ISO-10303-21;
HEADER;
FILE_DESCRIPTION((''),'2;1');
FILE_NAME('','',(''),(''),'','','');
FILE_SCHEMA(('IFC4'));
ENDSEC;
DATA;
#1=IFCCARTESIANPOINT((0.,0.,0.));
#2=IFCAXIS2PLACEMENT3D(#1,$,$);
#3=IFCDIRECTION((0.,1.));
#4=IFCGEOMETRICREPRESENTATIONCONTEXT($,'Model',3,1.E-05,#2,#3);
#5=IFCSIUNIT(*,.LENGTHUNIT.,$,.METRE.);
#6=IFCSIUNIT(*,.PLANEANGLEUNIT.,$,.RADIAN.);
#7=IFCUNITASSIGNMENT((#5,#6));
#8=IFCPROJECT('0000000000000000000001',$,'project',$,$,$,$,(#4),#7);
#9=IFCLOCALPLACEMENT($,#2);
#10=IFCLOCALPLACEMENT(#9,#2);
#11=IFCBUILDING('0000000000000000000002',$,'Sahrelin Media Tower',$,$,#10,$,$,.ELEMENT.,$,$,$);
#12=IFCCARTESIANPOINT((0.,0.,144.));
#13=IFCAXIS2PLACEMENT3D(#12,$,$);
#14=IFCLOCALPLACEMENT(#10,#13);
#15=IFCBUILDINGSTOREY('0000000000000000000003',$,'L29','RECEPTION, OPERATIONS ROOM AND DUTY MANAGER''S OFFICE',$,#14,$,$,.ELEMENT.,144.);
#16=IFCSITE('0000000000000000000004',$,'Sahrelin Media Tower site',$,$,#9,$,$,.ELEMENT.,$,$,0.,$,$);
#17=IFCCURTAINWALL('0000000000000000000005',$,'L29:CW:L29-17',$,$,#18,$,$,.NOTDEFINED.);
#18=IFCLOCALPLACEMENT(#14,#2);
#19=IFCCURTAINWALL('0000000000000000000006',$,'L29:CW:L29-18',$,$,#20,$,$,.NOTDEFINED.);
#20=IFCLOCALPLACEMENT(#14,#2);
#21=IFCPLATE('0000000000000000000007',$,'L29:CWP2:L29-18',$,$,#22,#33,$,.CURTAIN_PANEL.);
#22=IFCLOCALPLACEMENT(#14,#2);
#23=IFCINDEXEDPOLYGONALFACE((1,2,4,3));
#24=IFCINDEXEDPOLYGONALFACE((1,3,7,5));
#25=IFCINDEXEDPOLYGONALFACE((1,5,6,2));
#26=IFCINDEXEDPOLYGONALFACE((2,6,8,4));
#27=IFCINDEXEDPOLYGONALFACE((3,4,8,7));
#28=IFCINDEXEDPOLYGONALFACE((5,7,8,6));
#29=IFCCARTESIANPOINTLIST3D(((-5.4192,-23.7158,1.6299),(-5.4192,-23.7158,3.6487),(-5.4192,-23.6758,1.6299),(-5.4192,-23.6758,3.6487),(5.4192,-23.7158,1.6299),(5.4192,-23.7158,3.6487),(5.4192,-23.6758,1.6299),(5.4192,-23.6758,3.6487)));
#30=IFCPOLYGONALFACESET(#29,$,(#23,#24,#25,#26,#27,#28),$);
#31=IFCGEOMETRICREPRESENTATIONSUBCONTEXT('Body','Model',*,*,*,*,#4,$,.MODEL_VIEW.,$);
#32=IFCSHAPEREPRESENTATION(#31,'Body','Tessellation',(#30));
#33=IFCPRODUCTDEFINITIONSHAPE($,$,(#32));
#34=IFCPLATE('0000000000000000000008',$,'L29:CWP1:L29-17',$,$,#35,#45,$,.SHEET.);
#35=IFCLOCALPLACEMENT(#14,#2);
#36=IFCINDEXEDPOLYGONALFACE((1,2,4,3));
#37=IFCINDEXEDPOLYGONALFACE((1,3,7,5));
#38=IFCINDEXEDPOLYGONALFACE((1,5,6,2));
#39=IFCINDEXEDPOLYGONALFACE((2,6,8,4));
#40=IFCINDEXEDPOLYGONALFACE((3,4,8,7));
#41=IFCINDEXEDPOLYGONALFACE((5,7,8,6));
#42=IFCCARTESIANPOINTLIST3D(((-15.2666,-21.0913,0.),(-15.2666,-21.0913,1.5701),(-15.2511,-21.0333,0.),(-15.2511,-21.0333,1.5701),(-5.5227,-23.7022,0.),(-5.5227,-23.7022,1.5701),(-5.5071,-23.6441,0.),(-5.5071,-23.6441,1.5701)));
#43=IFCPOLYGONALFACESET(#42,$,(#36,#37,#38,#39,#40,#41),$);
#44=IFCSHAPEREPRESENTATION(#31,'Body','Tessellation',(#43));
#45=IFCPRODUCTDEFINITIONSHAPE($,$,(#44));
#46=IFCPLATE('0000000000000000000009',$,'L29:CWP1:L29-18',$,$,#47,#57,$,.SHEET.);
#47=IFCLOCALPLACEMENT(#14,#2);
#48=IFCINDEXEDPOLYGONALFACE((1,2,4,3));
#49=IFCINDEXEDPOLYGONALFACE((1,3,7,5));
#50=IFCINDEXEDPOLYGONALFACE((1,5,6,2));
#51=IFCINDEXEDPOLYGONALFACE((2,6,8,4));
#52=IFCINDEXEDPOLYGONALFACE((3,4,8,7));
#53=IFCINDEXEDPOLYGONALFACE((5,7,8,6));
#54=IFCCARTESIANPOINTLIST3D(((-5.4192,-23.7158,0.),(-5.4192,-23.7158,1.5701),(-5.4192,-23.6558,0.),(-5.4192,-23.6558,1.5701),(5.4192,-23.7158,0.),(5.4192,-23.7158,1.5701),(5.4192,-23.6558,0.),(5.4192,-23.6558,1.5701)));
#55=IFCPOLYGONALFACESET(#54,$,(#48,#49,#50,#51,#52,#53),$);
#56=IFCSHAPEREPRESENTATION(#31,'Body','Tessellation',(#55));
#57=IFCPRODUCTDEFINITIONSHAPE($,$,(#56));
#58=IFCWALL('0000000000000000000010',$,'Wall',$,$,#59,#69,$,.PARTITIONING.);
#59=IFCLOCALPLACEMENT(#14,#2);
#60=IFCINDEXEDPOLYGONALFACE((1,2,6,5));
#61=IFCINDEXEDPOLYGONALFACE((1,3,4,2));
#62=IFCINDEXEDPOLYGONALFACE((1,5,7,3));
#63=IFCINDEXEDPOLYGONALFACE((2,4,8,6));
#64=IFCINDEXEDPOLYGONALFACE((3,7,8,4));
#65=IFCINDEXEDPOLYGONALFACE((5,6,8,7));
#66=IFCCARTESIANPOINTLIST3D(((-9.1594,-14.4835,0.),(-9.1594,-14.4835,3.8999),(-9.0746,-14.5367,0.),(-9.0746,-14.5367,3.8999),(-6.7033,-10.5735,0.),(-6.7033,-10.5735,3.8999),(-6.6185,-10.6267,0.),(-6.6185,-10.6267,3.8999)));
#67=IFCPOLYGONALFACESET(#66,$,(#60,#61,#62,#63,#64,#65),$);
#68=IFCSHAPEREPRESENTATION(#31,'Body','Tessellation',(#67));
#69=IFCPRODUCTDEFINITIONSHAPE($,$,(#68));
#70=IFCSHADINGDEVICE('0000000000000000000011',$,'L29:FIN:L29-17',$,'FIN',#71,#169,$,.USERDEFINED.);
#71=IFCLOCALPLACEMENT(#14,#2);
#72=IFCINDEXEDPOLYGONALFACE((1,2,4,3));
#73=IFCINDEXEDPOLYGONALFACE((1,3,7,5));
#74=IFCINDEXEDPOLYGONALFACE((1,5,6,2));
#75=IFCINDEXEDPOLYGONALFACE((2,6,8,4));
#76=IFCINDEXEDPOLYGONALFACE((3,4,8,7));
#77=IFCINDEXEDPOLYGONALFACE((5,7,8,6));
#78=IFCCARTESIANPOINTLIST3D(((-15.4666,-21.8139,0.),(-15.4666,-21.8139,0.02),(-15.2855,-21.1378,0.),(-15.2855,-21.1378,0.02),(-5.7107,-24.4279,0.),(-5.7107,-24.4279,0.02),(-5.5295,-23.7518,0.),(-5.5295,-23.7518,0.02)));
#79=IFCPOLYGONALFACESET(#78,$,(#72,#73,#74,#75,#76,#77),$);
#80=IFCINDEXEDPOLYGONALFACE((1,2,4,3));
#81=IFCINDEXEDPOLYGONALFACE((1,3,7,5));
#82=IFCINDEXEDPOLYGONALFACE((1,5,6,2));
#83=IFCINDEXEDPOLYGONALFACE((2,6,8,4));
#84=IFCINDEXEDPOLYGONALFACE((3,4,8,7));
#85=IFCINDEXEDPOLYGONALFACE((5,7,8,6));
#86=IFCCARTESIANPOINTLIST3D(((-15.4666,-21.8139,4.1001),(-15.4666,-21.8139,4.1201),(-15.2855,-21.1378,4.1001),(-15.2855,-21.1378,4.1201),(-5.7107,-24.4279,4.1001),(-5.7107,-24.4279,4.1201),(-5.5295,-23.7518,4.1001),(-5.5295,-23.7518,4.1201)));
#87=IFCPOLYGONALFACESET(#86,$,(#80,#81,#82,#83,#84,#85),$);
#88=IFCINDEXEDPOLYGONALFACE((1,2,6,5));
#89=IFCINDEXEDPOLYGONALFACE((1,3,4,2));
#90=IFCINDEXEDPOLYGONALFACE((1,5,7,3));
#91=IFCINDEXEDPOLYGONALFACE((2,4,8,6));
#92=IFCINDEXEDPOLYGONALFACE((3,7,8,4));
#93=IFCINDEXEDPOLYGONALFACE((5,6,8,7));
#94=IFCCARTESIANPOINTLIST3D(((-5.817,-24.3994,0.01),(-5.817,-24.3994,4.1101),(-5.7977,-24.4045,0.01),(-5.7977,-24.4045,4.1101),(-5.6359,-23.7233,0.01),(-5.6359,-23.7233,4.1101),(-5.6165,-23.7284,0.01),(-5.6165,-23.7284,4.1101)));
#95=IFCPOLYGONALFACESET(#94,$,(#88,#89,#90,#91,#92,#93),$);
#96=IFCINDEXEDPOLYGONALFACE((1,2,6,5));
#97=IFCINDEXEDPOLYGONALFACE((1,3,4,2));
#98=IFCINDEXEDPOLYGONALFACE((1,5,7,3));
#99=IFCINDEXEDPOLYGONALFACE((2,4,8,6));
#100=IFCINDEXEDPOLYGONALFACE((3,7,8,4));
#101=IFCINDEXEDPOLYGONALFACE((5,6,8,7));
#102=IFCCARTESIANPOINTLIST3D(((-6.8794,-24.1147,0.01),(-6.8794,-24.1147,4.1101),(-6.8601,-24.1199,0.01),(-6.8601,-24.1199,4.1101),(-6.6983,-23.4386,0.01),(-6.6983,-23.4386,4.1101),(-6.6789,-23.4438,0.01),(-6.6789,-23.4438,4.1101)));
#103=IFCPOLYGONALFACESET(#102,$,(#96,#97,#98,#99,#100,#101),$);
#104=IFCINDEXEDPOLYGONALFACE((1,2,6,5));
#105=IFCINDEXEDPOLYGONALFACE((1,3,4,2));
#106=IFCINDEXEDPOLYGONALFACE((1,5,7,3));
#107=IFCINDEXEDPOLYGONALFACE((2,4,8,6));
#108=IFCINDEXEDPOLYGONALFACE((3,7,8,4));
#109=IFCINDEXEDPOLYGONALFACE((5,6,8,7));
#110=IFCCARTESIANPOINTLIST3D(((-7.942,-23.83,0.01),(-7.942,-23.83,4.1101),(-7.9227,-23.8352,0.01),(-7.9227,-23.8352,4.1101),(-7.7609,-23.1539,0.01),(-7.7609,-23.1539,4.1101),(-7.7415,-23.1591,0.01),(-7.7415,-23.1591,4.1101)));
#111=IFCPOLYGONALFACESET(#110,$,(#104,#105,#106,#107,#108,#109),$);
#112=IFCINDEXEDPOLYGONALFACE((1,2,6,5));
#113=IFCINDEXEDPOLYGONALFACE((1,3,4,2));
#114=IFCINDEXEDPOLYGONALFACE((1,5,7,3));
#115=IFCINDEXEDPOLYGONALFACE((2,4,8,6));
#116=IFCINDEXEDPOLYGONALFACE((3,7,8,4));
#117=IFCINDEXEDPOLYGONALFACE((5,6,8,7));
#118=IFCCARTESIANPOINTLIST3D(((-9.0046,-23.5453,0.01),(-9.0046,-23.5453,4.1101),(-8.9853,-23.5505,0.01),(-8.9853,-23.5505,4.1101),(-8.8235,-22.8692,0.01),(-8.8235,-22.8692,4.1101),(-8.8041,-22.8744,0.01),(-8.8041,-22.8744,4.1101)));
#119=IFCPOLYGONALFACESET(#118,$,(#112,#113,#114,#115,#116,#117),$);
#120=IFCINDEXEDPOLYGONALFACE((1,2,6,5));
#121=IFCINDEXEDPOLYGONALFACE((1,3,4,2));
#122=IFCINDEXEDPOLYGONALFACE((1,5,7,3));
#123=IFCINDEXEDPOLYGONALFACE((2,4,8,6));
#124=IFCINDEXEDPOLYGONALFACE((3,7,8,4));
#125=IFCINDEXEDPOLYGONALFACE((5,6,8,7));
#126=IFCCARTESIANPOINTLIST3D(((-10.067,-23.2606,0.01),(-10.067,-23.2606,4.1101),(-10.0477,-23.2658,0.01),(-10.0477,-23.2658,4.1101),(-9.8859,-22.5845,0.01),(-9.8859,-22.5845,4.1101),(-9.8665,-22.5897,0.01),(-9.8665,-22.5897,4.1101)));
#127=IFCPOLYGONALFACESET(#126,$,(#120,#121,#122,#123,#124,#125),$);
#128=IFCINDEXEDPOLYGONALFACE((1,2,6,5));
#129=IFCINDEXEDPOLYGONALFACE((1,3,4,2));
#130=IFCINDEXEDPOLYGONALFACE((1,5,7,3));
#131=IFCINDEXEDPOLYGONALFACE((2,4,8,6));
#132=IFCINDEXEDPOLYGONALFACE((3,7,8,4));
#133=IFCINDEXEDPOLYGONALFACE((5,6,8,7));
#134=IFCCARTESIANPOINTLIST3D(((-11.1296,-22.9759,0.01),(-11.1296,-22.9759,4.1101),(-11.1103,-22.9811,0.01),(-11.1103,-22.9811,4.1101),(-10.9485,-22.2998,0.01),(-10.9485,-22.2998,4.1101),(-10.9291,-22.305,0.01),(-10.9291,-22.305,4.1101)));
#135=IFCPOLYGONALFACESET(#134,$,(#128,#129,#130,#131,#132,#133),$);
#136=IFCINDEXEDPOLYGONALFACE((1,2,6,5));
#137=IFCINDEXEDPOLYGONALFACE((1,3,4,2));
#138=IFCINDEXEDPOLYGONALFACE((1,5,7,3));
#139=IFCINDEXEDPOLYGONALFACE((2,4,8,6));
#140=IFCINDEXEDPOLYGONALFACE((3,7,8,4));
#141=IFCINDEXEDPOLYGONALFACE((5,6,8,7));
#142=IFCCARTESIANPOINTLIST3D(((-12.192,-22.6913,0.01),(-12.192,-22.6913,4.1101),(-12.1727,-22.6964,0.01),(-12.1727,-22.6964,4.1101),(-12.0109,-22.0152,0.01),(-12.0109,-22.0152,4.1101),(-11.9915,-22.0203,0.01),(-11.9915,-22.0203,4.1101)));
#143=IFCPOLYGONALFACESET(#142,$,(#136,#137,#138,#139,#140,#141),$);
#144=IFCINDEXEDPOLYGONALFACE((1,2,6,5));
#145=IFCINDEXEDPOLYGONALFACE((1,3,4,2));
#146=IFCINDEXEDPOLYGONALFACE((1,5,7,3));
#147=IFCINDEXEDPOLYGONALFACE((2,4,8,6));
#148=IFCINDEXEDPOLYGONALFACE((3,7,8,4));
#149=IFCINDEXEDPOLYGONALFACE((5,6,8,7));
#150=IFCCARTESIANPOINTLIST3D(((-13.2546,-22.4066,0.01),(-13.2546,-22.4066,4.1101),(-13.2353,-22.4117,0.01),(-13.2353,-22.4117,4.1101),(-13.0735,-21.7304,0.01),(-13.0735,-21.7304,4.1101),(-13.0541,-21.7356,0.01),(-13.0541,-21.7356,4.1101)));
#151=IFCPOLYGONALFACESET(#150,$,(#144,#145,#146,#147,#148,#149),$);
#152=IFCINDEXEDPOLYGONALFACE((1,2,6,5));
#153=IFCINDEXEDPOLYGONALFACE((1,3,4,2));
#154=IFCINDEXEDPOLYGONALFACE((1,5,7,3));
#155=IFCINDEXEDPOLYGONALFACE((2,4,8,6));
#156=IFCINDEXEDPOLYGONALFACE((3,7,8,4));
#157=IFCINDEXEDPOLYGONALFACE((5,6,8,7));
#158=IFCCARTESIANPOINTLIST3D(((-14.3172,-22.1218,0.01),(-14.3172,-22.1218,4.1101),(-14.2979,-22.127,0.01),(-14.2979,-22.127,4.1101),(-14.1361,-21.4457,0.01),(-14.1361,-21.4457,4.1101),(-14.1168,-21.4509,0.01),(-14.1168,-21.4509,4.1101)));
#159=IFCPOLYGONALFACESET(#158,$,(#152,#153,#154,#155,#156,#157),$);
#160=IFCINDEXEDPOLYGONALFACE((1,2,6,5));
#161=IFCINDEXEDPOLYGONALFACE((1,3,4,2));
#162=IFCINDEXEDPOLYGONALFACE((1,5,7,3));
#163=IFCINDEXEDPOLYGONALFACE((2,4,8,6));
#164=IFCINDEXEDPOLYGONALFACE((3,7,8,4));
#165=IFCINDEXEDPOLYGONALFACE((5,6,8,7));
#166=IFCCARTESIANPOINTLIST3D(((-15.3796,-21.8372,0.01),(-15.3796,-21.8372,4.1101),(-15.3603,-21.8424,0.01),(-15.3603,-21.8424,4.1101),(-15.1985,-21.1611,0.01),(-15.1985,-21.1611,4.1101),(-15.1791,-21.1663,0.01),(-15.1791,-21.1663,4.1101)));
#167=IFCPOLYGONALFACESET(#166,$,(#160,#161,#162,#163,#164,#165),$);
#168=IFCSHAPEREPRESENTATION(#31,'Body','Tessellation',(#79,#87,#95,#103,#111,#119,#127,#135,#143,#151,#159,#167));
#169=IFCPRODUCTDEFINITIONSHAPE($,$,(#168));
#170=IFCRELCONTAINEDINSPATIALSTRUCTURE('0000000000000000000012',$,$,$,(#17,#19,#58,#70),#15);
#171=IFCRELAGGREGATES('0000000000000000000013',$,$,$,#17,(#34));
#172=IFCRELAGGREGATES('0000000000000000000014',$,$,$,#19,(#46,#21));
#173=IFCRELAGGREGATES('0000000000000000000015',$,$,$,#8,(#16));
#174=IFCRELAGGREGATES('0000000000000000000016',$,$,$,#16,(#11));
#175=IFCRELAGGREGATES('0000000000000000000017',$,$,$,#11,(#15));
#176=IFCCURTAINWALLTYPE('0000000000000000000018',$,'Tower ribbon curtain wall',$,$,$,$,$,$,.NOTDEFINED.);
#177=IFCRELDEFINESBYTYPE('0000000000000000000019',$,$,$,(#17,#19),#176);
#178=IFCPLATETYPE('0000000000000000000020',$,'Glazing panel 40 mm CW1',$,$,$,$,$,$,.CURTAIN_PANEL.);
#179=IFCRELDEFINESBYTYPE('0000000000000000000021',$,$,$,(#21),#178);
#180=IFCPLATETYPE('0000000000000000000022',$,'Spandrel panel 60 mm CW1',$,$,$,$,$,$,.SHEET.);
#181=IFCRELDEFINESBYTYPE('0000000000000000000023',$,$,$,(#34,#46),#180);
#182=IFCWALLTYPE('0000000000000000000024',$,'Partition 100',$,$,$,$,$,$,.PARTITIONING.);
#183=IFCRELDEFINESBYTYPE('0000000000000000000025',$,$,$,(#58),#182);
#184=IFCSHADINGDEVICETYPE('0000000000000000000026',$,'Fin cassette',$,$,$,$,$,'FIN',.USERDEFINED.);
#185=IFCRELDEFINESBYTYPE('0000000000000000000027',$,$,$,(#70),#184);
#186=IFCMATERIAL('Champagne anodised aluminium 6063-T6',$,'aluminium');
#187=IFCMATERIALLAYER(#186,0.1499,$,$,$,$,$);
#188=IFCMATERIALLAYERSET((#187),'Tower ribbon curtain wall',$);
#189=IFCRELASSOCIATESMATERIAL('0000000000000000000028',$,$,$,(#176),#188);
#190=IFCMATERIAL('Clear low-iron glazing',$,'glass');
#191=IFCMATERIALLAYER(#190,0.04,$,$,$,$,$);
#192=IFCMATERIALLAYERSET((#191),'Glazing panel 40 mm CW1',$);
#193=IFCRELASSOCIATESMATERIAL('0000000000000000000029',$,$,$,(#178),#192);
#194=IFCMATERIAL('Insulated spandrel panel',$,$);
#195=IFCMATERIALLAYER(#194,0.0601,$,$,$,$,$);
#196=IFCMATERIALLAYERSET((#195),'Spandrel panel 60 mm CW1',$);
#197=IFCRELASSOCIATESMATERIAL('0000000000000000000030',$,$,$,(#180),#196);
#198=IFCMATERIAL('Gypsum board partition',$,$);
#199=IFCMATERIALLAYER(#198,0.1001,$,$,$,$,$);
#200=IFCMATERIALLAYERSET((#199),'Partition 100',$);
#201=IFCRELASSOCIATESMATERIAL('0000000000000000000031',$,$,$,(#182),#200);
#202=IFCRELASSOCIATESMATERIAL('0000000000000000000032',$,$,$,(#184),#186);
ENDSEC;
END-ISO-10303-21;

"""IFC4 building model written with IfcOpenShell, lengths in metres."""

from ifc_helpers import new_model, si_unit, direction, frame, frame_2d, origin, origin_2d, place, context, subcontext, project, spatial, polyline, rectangle, outline, extrude, material, layer, layer_set, type_object, element, aggregate, save


model = new_model("IFC4")

# Units and contexts
model_context = context("Model", 3, precision=1e-05, world=origin(), true_north=direction((0.0, 1.0)))
body_context = subcontext(model_context, "Body", "Model", "MODEL_VIEW")
ifc_project = project(units=[si_unit("LENGTHUNIT", "METRE"), si_unit("PLANEANGLEUNIT", "RADIAN")], contexts=[model_context])

# Site, building, storey
site_placement = place(None, origin())
site = spatial("IfcSite", under=ifc_project, at=site_placement, Name="Sahrelin Media Tower site", CompositionType="ELEMENT", RefElevation=0.0)
building_placement = place(site_placement, origin())
building = spatial("IfcBuilding", under=site, at=building_placement, Name="Sahrelin Media Tower", CompositionType="ELEMENT")
storey_placement = place(building_placement, frame((0.0, 0.0, 144.0)))
storey = spatial("IfcBuildingStorey", under=building, at=storey_placement, Name="L29", Description="RECEPTION, OPERATIONS ROOM AND DUTY MANAGER'S OFFICE", CompositionType="ELEMENT", Elevation=144.0)

# Curtain walls
ifc_material_1 = material(Name="Champagne anodised aluminium 6063-T6", Category="aluminium")
ifc_layer_1 = layer(ifc_material_1, 0.1499)
ifc_layer_set_1 = layer_set([ifc_layer_1], Name="Tower ribbon curtain wall")
curtain_wall_type = type_object("IfcCurtainWallType", Name="Tower ribbon curtain wall", PredefinedType="NOTDEFINED", material=ifc_layer_set_1)
curtain_wall_1_placement = place(storey_placement, frame((-10.3894, -22.3772, 0.0), z_axis=(0.0, 0.0, 1.0), x_axis=(1.0, 0.0, 0.0)))
curtain_wall_1 = element("IfcCurtainWall", 1, at=curtain_wall_1_placement, inside=storey, type_object=curtain_wall_type, Name="L29:CW:L29-17", PredefinedType="NOTDEFINED")
curtain_wall_2_placement = place(storey_placement, frame((0.0, -23.6958, 0.0), z_axis=(0.0, 0.0, 1.0), x_axis=(1.0, 0.0, 0.0)))
curtain_wall_2 = element("IfcCurtainWall", 2, at=curtain_wall_2_placement, inside=storey, type_object=curtain_wall_type, Name="L29:CW:L29-18", PredefinedType="NOTDEFINED")

# Plates
ifc_material_2 = material(Name="Clear low-iron glazing", Category="glass")
ifc_layer_2 = layer(ifc_material_2, 0.04)
ifc_layer_set_2 = layer_set([ifc_layer_2], Name="Glazing panel 40 mm CW1")
plate_type_1 = type_object("IfcPlateType", Name="Glazing panel 40 mm CW1", PredefinedType="CURTAIN_PANEL", material=ifc_layer_set_2)
plate_1_placement = place(storey_placement, frame((-5.4192, -23.7158, 1.6299), z_axis=(0.0, -1.0, 0.0), x_axis=(1.0, 0.0, 0.0)))
plate_1 = element("IfcPlate", 3, at=plate_1_placement, type_object=plate_type_1, Name="L29:CWP2:L29-18", PredefinedType="CURTAIN_PANEL", context=body_context, shape_type="SweptSolid", body=[
    extrude(outline(polyline([(0.0, 0.0), (10.8384, 0.0), (10.8384, 2.0188), (0.0, 2.0188), (0.0, 0.0)])), origin(), (0.0, 0.0, -1.0), 0.04),
])
ifc_material_3 = material(Name="Insulated spandrel panel")
ifc_layer_3 = layer(ifc_material_3, 0.0601)
ifc_layer_set_3 = layer_set([ifc_layer_3], Name="Spandrel panel 60 mm CW1")
plate_type_2 = type_object("IfcPlateType", Name="Spandrel panel 60 mm CW1", PredefinedType="SHEET", material=ifc_layer_set_3)
plate_2_placement = place(storey_placement, frame((-15.2666, -21.0913, 0.0), z_axis=(-0.258816, -0.965927, 0.0), x_axis=(0.965927, -0.258816, 0.0)))
plate_2 = element("IfcPlate", 4, at=plate_2_placement, type_object=plate_type_2, Name="L29:CWP1:L29-17", PredefinedType="SHEET", context=body_context, shape_type="SweptSolid", body=[
    extrude(outline(polyline([(0.0, 0.0), (10.0876, 0.0), (10.0876, 1.5701), (0.0, 1.5701), (0.0, 0.0)])), origin(), (0.0, 0.0, -1.0), 0.0601),
])
aggregate(curtain_wall_1, [plate_2])
plate_3_placement = place(storey_placement, frame((-5.4192, -23.7158, 0.0), z_axis=(0.0, -1.0, 0.0), x_axis=(1.0, 0.0, 0.0)))
plate_3 = element("IfcPlate", 5, at=plate_3_placement, type_object=plate_type_2, Name="L29:CWP1:L29-18", PredefinedType="SHEET", context=body_context, shape_type="SweptSolid", body=[
    extrude(outline(polyline([(0.0, 0.0), (10.8384, 0.0), (10.8384, 1.5701), (0.0, 1.5701), (0.0, 0.0)])), origin(), (0.0, 0.0, -1.0), 0.0601),
])
aggregate(curtain_wall_2, [plate_3, plate_1])

# Wall
ifc_material_4 = material(Name="Gypsum board partition")
ifc_layer_4 = layer(ifc_material_4, 0.1001)
ifc_layer_set_4 = layer_set([ifc_layer_4], Name="Partition 100")
wall_type = type_object("IfcWallType", Name="Partition 100", PredefinedType="PARTITIONING", material=ifc_layer_set_4)
wall_placement = place(storey_placement, frame((-9.1169, -14.51, 0.0), z_axis=(0.0, 0.0, 1.0), x_axis=(0.531922, 0.846793, 0.0)))
element("IfcWall", 6, at=wall_placement, inside=storey, type_object=wall_type, Name="Wall", PredefinedType="PARTITIONING", context=body_context, shape_type="SweptSolid", body=[
    extrude(rectangle(XDim=4.6174, YDim=0.1001, at=frame_2d((2.3086, 0.0))), origin(), (0.0, 0.0, 1.0), 3.8999),
])

# Shading device
shading_device_type_1 = type_object("IfcShadingDeviceType", Name="Fin cassette", ElementType="FIN", PredefinedType="USERDEFINED", material=ifc_material_1)
placement = place(storey_placement, frame((-10.3894, -22.3772, 0.0), z_axis=(0.0, 0.0, 1.0), x_axis=(-0.965929, 0.258808, 0.0)))
element("IfcShadingDevice", 7, at=placement, inside=storey, type_object=shading_device_type_1, Name="L29:FIN:L29-17", ObjectType="FIN", PredefinedType="USERDEFINED", context=body_context, shape_type="SweptSolid", body=[
    extrude(rectangle(XDim=10.1001, YDim=0.7, at=origin_2d()), frame((0.0, 0.4199, 0.0)), (0.0, 0.0, 1.0), 0.02),
    extrude(rectangle(XDim=10.1001, YDim=0.7, at=origin_2d()), frame((0.0, 0.4199, 4.1001)), (0.0, 0.0, 1.0), 0.02),
    extrude(rectangle(XDim=0.02, YDim=0.7, at=origin_2d()), frame((-4.95, 0.4199, 0.01), z_axis=(0.0, 0.0, 1.0), x_axis=(1.0, 0.0, 0.0)), (0.0, 0.0, 1.0), 4.1001),
    extrude(rectangle(XDim=0.02, YDim=0.7, at=origin_2d()), frame((-3.8501, 0.4199, 0.01), z_axis=(0.0, 0.0, 1.0), x_axis=(1.0, 0.0, 0.0)), (0.0, 0.0, 1.0), 4.1001),
    extrude(rectangle(XDim=0.02, YDim=0.7, at=origin_2d()), frame((-2.75, 0.4199, 0.01), z_axis=(0.0, 0.0, 1.0), x_axis=(1.0, 0.0, 0.0)), (0.0, 0.0, 1.0), 4.1001),
    extrude(rectangle(XDim=0.02, YDim=0.7, at=origin_2d()), frame((-1.6499, 0.4199, 0.01), z_axis=(0.0, 0.0, 1.0), x_axis=(1.0, 0.0, 0.0)), (0.0, 0.0, 1.0), 4.1001),
    extrude(rectangle(XDim=0.02, YDim=0.7, at=origin_2d()), frame((-0.55, 0.4199, 0.01), z_axis=(0.0, 0.0, 1.0), x_axis=(1.0, 0.0, 0.0)), (0.0, 0.0, 1.0), 4.1001),
    extrude(rectangle(XDim=0.02, YDim=0.7, at=origin_2d()), frame((0.55, 0.4199, 0.01), z_axis=(0.0, 0.0, 1.0), x_axis=(1.0, 0.0, 0.0)), (0.0, 0.0, 1.0), 4.1001),
    extrude(rectangle(XDim=0.02, YDim=0.7, at=origin_2d()), frame((1.6499, 0.4199, 0.01), z_axis=(0.0, 0.0, 1.0), x_axis=(1.0, 0.0, 0.0)), (0.0, 0.0, 1.0), 4.1001),
    extrude(rectangle(XDim=0.02, YDim=0.7, at=origin_2d()), frame((2.75, 0.4199, 0.01), z_axis=(0.0, 0.0, 1.0), x_axis=(1.0, 0.0, 0.0)), (0.0, 0.0, 1.0), 4.1001),
    extrude(rectangle(XDim=0.02, YDim=0.7, at=origin_2d()), frame((3.8501, 0.4199, 0.01), z_axis=(0.0, 0.0, 1.0), x_axis=(1.0, 0.0, 0.0)), (0.0, 0.0, 1.0), 4.1001),
    extrude(rectangle(XDim=0.02, YDim=0.7, at=origin_2d()), frame((4.95, 0.4199, 0.01), z_axis=(0.0, 0.0, 1.0), x_axis=(1.0, 0.0, 0.0)), (0.0, 0.0, 1.0), 4.1001),
])

save(model, "model.ifc")
